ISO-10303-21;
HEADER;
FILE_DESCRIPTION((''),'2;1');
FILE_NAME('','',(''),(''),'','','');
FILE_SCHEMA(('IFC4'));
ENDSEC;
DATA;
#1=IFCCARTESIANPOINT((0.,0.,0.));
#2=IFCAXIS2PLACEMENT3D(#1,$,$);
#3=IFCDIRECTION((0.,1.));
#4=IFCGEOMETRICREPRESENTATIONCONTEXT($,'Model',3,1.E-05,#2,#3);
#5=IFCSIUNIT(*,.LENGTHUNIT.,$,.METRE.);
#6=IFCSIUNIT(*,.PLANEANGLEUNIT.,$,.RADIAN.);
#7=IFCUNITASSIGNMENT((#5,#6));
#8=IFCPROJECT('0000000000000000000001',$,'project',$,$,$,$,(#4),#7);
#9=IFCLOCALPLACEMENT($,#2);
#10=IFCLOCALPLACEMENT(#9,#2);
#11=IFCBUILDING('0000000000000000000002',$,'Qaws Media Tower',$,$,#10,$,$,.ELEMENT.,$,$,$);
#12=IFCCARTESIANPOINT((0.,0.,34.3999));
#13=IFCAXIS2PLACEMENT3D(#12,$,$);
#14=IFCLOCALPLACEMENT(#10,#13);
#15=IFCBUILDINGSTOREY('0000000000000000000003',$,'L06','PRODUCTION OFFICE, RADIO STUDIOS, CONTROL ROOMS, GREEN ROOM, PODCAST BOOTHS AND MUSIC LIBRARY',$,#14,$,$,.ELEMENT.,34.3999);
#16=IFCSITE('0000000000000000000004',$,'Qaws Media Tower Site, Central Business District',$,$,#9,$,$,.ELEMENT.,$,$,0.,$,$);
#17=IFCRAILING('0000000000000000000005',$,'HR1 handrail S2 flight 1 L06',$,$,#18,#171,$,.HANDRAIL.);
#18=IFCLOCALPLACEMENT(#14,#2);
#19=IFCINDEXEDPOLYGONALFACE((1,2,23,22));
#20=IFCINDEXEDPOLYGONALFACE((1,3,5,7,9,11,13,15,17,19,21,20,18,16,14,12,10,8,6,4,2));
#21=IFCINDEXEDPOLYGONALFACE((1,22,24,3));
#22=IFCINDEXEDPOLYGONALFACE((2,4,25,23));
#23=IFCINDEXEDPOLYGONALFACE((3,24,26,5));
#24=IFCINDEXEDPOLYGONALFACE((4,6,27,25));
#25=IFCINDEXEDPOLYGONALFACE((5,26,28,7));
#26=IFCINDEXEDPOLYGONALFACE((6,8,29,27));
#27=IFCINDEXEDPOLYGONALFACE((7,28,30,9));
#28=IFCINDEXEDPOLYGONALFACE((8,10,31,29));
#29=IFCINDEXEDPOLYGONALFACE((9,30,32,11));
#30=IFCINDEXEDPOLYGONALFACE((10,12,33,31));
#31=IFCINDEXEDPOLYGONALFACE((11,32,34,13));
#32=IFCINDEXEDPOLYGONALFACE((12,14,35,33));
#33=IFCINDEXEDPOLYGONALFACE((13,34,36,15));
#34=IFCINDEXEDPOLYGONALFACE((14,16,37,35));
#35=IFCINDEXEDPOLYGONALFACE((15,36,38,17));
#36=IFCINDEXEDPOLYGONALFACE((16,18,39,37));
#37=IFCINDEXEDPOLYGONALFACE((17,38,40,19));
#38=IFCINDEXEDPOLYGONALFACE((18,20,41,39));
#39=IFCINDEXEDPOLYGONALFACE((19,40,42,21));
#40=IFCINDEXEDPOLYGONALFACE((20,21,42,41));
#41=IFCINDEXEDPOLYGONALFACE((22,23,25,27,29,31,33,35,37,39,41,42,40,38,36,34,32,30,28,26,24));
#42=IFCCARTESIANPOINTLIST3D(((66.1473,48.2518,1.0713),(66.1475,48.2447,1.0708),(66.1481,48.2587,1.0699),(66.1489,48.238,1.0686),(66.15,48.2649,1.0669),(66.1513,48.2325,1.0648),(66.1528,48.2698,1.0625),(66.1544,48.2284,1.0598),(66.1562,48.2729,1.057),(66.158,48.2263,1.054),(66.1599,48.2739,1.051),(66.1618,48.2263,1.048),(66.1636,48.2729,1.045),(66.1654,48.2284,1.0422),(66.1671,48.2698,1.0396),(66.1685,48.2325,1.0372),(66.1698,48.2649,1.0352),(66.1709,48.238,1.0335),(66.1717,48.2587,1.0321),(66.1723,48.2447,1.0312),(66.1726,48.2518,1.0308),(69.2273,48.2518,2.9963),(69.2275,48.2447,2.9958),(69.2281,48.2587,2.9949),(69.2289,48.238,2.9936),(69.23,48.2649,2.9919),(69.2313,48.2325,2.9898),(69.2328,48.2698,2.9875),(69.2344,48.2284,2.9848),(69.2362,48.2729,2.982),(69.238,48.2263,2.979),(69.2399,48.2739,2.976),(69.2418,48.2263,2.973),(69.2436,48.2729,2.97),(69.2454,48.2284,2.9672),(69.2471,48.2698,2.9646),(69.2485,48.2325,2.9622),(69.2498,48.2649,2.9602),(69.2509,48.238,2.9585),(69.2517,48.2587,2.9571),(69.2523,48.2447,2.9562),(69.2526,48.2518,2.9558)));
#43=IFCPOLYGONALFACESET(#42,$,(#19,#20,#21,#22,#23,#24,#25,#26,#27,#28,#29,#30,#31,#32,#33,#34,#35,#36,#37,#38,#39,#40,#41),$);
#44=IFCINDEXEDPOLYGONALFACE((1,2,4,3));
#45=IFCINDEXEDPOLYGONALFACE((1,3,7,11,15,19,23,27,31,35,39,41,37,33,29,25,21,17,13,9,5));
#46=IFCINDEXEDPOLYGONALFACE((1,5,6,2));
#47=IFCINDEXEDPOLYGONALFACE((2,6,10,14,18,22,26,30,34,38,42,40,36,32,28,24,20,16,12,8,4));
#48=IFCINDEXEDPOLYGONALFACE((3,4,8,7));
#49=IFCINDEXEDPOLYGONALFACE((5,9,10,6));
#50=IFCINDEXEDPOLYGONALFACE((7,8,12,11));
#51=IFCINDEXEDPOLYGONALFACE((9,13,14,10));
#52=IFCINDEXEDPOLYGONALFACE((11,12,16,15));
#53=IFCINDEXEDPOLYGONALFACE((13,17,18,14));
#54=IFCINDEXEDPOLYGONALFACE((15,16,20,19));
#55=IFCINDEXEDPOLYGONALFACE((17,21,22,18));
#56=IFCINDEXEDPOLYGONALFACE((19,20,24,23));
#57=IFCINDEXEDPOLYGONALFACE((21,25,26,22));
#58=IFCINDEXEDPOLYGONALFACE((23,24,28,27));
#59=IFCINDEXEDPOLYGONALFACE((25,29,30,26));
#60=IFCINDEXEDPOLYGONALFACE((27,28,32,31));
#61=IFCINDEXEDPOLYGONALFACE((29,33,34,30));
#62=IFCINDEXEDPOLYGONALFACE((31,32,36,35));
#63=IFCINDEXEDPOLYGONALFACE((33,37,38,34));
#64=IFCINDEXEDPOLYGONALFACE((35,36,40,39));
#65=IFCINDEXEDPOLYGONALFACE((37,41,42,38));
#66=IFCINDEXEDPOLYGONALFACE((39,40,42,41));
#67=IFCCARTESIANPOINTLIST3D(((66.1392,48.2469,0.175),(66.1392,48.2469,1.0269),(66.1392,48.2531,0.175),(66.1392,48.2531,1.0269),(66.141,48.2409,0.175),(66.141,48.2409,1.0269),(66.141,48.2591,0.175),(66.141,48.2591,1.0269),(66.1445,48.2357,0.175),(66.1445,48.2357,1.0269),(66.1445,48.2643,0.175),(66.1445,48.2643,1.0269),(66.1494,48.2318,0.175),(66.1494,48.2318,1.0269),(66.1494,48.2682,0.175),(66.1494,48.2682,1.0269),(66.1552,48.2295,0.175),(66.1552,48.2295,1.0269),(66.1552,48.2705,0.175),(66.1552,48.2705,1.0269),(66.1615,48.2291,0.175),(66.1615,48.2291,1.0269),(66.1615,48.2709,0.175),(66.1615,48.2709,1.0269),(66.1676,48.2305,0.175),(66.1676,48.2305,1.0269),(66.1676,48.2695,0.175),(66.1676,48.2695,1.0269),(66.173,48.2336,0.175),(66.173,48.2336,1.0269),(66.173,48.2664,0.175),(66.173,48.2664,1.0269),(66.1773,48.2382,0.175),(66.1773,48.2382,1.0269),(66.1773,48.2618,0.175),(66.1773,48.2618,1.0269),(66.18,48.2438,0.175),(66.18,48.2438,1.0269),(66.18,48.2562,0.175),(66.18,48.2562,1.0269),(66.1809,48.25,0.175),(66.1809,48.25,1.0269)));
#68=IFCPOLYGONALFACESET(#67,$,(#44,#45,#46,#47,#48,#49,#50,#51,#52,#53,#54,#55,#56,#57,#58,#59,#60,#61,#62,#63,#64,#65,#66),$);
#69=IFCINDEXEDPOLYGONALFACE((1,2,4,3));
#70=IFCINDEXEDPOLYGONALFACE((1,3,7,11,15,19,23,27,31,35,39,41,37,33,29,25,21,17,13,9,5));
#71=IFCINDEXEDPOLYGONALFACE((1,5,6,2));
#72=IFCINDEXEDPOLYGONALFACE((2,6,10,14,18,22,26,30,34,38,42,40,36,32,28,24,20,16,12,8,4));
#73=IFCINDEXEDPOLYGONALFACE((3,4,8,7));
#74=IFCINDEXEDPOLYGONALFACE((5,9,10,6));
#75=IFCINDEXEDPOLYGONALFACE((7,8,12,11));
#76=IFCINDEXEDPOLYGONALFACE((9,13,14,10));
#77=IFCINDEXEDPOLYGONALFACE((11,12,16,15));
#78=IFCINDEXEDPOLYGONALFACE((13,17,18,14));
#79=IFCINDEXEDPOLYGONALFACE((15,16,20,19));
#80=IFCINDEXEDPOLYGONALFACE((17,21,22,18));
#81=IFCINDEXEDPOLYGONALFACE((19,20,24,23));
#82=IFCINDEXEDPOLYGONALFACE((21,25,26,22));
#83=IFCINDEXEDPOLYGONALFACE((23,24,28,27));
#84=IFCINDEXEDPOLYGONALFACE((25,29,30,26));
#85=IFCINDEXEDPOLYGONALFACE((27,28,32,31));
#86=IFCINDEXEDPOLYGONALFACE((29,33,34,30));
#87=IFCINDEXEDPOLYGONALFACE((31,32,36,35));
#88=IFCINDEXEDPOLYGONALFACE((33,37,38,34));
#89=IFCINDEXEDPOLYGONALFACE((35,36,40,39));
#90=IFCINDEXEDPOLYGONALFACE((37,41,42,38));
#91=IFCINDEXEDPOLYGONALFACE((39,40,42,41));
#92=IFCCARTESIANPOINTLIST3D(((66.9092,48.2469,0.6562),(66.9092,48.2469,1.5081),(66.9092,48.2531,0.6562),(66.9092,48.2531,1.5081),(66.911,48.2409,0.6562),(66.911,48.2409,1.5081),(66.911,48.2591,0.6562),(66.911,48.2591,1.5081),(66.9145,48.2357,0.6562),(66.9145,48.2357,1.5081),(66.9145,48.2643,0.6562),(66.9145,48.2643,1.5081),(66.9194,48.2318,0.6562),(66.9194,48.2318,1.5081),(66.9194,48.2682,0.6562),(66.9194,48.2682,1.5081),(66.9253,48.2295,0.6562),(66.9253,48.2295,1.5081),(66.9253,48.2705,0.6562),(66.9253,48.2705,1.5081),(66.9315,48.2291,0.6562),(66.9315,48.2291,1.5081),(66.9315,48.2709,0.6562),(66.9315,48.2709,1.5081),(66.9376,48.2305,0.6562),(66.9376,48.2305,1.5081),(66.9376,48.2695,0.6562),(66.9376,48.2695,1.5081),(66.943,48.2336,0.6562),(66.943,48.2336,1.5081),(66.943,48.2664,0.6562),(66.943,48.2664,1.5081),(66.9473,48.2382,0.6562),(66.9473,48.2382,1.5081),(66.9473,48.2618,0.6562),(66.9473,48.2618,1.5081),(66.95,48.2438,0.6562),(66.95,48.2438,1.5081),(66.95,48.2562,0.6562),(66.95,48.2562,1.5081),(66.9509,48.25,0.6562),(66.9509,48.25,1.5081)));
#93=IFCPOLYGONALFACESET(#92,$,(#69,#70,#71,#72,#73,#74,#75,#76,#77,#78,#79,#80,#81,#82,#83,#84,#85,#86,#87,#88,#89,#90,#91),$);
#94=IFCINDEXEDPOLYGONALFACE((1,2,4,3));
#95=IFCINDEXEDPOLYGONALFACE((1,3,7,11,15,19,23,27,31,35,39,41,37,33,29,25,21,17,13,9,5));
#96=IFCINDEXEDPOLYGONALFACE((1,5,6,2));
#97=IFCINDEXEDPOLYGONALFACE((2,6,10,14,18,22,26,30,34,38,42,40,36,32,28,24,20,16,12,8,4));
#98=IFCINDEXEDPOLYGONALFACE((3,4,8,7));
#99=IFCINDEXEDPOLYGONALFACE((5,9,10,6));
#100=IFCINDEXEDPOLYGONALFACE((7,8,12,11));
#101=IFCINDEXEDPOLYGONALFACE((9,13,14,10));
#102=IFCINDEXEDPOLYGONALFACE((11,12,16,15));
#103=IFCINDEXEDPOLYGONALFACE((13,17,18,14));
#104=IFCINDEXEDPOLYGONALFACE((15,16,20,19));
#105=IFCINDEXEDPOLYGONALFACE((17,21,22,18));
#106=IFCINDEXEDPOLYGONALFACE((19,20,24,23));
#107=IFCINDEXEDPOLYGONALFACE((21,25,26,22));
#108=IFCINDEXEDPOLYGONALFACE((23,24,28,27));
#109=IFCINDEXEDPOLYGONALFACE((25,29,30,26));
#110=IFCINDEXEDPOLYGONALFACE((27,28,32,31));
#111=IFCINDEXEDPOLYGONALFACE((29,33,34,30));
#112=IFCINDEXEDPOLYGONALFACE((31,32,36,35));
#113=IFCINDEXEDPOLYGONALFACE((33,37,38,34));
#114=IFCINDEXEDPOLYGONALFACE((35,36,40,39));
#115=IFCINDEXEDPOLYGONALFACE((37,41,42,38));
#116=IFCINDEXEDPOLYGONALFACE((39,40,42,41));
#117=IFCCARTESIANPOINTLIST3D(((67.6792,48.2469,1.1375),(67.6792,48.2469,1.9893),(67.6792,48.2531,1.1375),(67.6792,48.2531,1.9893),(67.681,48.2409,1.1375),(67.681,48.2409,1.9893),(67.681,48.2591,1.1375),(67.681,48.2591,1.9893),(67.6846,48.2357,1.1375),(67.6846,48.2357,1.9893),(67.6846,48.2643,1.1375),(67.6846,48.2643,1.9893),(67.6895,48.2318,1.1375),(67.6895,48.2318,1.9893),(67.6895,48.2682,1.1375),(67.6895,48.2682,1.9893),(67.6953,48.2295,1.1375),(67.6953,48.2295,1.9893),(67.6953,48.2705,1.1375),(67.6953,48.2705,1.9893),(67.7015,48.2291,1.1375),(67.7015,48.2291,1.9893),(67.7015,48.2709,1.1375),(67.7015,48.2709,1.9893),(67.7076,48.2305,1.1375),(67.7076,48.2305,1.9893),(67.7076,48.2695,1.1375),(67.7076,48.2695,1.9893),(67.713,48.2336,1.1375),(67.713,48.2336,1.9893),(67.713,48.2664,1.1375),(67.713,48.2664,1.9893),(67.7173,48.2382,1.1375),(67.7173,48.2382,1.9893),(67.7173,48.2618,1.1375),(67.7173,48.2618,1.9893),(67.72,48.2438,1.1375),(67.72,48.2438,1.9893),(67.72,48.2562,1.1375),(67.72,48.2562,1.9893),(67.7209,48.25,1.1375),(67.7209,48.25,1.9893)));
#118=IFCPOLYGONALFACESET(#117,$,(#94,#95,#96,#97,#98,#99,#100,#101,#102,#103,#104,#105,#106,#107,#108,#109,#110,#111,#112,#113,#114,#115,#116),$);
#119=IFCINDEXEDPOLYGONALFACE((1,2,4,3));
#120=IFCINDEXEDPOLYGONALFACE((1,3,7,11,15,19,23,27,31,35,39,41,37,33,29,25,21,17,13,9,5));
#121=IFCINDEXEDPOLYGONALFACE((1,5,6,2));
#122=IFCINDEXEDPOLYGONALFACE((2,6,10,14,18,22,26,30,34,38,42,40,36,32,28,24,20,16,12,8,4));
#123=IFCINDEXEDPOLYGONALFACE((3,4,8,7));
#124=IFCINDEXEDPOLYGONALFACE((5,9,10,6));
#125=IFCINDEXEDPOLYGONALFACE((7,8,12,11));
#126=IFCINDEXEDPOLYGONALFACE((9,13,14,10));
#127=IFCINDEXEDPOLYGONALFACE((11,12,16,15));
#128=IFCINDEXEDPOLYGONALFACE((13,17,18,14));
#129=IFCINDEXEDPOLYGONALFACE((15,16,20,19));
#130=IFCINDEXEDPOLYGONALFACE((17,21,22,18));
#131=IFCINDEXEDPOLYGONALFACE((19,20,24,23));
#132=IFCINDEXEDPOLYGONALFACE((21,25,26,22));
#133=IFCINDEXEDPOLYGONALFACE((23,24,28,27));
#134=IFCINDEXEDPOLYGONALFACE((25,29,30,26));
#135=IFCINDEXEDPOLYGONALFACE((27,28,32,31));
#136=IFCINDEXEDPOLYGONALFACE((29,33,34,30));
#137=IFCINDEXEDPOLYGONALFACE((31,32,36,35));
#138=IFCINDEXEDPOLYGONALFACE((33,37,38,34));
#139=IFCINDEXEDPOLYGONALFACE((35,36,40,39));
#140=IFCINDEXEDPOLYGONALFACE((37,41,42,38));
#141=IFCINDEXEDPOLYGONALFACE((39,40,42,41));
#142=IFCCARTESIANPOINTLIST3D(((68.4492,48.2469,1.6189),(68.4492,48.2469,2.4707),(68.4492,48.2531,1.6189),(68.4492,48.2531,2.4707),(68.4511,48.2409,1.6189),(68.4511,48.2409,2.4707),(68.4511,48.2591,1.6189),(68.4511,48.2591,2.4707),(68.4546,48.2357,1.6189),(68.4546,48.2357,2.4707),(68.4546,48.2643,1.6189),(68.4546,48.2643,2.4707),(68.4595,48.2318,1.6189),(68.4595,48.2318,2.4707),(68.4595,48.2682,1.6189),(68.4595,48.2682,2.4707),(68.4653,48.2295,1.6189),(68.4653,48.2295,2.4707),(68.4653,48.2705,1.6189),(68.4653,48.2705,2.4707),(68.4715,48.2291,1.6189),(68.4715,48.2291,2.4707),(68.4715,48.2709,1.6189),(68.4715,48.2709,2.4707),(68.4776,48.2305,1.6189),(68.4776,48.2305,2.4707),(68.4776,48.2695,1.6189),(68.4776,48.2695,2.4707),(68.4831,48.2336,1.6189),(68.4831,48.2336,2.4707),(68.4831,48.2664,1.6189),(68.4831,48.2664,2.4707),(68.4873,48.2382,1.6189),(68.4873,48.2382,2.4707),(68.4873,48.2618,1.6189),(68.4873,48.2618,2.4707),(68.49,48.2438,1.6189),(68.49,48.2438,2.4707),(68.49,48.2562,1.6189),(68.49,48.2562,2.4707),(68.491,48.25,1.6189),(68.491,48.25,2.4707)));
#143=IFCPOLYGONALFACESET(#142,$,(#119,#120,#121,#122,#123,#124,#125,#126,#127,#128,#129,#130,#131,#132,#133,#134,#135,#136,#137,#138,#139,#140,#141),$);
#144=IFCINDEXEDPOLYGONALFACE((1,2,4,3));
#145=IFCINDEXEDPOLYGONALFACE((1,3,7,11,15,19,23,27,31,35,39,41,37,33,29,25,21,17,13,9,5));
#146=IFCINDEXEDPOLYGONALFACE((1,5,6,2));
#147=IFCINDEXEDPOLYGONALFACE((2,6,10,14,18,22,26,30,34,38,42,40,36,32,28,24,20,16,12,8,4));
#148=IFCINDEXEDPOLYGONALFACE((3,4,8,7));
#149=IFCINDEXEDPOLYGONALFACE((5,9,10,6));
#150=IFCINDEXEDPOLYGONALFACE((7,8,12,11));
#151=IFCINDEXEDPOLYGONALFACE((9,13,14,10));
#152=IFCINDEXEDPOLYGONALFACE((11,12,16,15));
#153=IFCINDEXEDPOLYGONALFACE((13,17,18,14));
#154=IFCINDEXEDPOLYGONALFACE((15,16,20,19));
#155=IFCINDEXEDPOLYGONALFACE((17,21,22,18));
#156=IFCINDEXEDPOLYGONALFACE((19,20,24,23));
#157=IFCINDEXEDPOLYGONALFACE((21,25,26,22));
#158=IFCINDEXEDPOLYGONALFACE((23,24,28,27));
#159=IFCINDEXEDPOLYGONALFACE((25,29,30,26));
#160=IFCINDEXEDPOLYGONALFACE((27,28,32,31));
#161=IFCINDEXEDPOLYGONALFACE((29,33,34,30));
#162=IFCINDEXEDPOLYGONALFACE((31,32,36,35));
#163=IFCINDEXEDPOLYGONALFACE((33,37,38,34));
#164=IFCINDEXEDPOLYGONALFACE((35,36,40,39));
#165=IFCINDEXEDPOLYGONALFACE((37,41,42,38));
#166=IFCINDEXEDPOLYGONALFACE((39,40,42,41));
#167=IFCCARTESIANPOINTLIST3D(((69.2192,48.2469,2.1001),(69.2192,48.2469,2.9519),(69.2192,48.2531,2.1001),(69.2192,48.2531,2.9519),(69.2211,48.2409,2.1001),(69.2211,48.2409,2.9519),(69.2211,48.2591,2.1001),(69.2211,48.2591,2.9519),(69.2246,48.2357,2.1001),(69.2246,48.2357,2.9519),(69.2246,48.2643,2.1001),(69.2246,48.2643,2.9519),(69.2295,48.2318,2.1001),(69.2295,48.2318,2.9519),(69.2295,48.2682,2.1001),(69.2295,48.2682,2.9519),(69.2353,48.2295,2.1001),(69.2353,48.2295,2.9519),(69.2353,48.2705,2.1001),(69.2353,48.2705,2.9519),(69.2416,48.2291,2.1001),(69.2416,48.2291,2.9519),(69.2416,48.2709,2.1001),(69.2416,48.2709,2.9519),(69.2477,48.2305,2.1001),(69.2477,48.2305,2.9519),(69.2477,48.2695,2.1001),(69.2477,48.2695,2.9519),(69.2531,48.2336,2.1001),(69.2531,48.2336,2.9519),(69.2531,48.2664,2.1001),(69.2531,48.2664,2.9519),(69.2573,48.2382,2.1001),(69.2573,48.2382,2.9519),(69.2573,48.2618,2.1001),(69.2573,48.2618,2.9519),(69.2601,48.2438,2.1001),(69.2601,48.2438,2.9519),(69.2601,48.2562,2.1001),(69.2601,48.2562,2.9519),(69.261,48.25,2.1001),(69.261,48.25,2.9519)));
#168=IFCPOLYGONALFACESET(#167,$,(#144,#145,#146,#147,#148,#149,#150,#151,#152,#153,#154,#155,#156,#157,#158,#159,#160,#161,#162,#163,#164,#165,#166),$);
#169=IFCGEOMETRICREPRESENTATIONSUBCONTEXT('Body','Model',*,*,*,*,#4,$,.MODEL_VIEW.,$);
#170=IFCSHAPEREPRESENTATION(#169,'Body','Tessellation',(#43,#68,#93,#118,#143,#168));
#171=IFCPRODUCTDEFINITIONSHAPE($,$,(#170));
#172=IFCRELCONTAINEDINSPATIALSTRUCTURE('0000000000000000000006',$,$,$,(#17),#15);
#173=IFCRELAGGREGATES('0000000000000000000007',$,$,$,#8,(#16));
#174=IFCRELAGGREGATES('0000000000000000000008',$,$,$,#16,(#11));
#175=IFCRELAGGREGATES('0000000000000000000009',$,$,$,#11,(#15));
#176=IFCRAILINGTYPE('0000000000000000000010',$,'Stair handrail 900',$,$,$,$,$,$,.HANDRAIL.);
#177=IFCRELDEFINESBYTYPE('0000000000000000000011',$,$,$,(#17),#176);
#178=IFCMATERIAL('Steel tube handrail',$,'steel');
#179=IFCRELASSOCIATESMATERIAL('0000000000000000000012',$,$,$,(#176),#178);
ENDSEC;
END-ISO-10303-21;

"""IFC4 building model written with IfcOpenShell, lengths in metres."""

from ifc_helpers import new_model, si_unit, direction, frame, origin, origin_2d, place, context, subcontext, project, spatial, circle, extrude, material, type_object, element, save


model = new_model("IFC4")

# Units and contexts
model_context = context("Model", 3, precision=1e-05, world=origin(), true_north=direction((0.0, 1.0)))
body_context = subcontext(model_context, "Body", "Model", "MODEL_VIEW")
ifc_project = project(units=[si_unit("LENGTHUNIT", "METRE"), si_unit("PLANEANGLEUNIT", "RADIAN")], contexts=[model_context])

# Site, building, storey
site_placement = place(None, origin())
site = spatial("IfcSite", under=ifc_project, at=site_placement, Name="Qaws Media Tower Site, Central Business District", CompositionType="ELEMENT", RefElevation=0.0)
building_placement = place(site_placement, origin())
building = spatial("IfcBuilding", under=site, at=building_placement, Name="Qaws Media Tower", CompositionType="ELEMENT")
storey_placement = place(building_placement, frame((0.0, 0.0, 34.3999)))
storey = spatial("IfcBuildingStorey", under=building, at=storey_placement, Name="L06", Description="PRODUCTION OFFICE, RADIO STUDIOS, CONTROL ROOMS, GREEN ROOM, PODCAST BOOTHS AND MUSIC LIBRARY", CompositionType="ELEMENT", Elevation=34.3999)

# Railing
ifc_material_1 = material(Name="Steel tube handrail", Category="steel")
railing_type = type_object("IfcRailingType", Name="Stair handrail 900", PredefinedType="HANDRAIL", material=ifc_material_1)
railing_placement = place(storey_placement, frame((66.1599, 48.25, 0.175)))
element("IfcRailing", 1, at=railing_placement, inside=storey, type_object=railing_type, Name="HR1 handrail S2 flight 1 L06", PredefinedType="HANDRAIL", context=body_context, shape_type="SweptSolid", body=[
    extrude(circle(Radius=0.0239, at=origin_2d()), frame((0.0, 0.0, 0.876), z_axis=(0.847998, 0.0, 0.529999), x_axis=(0.0, 1.0, 0.0)), (0.0, 0.0, 1.0), 3.6321),
    extrude(circle(Radius=0.021, at=origin_2d()), origin(), (0.0, 0.0, 1.0), 0.8518),
    extrude(circle(Radius=0.021, at=origin_2d()), frame((0.77, 0.0, 0.4812)), (0.0, 0.0, 1.0), 0.8518),
    extrude(circle(Radius=0.021, at=origin_2d()), frame((1.54, 0.0, 0.9624)), (0.0, 0.0, 1.0), 0.8518),
    extrude(circle(Radius=0.021, at=origin_2d()), frame((2.3101, 0.0, 1.4438)), (0.0, 0.0, 1.0), 0.8518),
    extrude(circle(Radius=0.021, at=origin_2d()), frame((3.0801, 0.0, 1.925)), (0.0, 0.0, 1.0), 0.8518),
])

save(model, "model.ifc")
